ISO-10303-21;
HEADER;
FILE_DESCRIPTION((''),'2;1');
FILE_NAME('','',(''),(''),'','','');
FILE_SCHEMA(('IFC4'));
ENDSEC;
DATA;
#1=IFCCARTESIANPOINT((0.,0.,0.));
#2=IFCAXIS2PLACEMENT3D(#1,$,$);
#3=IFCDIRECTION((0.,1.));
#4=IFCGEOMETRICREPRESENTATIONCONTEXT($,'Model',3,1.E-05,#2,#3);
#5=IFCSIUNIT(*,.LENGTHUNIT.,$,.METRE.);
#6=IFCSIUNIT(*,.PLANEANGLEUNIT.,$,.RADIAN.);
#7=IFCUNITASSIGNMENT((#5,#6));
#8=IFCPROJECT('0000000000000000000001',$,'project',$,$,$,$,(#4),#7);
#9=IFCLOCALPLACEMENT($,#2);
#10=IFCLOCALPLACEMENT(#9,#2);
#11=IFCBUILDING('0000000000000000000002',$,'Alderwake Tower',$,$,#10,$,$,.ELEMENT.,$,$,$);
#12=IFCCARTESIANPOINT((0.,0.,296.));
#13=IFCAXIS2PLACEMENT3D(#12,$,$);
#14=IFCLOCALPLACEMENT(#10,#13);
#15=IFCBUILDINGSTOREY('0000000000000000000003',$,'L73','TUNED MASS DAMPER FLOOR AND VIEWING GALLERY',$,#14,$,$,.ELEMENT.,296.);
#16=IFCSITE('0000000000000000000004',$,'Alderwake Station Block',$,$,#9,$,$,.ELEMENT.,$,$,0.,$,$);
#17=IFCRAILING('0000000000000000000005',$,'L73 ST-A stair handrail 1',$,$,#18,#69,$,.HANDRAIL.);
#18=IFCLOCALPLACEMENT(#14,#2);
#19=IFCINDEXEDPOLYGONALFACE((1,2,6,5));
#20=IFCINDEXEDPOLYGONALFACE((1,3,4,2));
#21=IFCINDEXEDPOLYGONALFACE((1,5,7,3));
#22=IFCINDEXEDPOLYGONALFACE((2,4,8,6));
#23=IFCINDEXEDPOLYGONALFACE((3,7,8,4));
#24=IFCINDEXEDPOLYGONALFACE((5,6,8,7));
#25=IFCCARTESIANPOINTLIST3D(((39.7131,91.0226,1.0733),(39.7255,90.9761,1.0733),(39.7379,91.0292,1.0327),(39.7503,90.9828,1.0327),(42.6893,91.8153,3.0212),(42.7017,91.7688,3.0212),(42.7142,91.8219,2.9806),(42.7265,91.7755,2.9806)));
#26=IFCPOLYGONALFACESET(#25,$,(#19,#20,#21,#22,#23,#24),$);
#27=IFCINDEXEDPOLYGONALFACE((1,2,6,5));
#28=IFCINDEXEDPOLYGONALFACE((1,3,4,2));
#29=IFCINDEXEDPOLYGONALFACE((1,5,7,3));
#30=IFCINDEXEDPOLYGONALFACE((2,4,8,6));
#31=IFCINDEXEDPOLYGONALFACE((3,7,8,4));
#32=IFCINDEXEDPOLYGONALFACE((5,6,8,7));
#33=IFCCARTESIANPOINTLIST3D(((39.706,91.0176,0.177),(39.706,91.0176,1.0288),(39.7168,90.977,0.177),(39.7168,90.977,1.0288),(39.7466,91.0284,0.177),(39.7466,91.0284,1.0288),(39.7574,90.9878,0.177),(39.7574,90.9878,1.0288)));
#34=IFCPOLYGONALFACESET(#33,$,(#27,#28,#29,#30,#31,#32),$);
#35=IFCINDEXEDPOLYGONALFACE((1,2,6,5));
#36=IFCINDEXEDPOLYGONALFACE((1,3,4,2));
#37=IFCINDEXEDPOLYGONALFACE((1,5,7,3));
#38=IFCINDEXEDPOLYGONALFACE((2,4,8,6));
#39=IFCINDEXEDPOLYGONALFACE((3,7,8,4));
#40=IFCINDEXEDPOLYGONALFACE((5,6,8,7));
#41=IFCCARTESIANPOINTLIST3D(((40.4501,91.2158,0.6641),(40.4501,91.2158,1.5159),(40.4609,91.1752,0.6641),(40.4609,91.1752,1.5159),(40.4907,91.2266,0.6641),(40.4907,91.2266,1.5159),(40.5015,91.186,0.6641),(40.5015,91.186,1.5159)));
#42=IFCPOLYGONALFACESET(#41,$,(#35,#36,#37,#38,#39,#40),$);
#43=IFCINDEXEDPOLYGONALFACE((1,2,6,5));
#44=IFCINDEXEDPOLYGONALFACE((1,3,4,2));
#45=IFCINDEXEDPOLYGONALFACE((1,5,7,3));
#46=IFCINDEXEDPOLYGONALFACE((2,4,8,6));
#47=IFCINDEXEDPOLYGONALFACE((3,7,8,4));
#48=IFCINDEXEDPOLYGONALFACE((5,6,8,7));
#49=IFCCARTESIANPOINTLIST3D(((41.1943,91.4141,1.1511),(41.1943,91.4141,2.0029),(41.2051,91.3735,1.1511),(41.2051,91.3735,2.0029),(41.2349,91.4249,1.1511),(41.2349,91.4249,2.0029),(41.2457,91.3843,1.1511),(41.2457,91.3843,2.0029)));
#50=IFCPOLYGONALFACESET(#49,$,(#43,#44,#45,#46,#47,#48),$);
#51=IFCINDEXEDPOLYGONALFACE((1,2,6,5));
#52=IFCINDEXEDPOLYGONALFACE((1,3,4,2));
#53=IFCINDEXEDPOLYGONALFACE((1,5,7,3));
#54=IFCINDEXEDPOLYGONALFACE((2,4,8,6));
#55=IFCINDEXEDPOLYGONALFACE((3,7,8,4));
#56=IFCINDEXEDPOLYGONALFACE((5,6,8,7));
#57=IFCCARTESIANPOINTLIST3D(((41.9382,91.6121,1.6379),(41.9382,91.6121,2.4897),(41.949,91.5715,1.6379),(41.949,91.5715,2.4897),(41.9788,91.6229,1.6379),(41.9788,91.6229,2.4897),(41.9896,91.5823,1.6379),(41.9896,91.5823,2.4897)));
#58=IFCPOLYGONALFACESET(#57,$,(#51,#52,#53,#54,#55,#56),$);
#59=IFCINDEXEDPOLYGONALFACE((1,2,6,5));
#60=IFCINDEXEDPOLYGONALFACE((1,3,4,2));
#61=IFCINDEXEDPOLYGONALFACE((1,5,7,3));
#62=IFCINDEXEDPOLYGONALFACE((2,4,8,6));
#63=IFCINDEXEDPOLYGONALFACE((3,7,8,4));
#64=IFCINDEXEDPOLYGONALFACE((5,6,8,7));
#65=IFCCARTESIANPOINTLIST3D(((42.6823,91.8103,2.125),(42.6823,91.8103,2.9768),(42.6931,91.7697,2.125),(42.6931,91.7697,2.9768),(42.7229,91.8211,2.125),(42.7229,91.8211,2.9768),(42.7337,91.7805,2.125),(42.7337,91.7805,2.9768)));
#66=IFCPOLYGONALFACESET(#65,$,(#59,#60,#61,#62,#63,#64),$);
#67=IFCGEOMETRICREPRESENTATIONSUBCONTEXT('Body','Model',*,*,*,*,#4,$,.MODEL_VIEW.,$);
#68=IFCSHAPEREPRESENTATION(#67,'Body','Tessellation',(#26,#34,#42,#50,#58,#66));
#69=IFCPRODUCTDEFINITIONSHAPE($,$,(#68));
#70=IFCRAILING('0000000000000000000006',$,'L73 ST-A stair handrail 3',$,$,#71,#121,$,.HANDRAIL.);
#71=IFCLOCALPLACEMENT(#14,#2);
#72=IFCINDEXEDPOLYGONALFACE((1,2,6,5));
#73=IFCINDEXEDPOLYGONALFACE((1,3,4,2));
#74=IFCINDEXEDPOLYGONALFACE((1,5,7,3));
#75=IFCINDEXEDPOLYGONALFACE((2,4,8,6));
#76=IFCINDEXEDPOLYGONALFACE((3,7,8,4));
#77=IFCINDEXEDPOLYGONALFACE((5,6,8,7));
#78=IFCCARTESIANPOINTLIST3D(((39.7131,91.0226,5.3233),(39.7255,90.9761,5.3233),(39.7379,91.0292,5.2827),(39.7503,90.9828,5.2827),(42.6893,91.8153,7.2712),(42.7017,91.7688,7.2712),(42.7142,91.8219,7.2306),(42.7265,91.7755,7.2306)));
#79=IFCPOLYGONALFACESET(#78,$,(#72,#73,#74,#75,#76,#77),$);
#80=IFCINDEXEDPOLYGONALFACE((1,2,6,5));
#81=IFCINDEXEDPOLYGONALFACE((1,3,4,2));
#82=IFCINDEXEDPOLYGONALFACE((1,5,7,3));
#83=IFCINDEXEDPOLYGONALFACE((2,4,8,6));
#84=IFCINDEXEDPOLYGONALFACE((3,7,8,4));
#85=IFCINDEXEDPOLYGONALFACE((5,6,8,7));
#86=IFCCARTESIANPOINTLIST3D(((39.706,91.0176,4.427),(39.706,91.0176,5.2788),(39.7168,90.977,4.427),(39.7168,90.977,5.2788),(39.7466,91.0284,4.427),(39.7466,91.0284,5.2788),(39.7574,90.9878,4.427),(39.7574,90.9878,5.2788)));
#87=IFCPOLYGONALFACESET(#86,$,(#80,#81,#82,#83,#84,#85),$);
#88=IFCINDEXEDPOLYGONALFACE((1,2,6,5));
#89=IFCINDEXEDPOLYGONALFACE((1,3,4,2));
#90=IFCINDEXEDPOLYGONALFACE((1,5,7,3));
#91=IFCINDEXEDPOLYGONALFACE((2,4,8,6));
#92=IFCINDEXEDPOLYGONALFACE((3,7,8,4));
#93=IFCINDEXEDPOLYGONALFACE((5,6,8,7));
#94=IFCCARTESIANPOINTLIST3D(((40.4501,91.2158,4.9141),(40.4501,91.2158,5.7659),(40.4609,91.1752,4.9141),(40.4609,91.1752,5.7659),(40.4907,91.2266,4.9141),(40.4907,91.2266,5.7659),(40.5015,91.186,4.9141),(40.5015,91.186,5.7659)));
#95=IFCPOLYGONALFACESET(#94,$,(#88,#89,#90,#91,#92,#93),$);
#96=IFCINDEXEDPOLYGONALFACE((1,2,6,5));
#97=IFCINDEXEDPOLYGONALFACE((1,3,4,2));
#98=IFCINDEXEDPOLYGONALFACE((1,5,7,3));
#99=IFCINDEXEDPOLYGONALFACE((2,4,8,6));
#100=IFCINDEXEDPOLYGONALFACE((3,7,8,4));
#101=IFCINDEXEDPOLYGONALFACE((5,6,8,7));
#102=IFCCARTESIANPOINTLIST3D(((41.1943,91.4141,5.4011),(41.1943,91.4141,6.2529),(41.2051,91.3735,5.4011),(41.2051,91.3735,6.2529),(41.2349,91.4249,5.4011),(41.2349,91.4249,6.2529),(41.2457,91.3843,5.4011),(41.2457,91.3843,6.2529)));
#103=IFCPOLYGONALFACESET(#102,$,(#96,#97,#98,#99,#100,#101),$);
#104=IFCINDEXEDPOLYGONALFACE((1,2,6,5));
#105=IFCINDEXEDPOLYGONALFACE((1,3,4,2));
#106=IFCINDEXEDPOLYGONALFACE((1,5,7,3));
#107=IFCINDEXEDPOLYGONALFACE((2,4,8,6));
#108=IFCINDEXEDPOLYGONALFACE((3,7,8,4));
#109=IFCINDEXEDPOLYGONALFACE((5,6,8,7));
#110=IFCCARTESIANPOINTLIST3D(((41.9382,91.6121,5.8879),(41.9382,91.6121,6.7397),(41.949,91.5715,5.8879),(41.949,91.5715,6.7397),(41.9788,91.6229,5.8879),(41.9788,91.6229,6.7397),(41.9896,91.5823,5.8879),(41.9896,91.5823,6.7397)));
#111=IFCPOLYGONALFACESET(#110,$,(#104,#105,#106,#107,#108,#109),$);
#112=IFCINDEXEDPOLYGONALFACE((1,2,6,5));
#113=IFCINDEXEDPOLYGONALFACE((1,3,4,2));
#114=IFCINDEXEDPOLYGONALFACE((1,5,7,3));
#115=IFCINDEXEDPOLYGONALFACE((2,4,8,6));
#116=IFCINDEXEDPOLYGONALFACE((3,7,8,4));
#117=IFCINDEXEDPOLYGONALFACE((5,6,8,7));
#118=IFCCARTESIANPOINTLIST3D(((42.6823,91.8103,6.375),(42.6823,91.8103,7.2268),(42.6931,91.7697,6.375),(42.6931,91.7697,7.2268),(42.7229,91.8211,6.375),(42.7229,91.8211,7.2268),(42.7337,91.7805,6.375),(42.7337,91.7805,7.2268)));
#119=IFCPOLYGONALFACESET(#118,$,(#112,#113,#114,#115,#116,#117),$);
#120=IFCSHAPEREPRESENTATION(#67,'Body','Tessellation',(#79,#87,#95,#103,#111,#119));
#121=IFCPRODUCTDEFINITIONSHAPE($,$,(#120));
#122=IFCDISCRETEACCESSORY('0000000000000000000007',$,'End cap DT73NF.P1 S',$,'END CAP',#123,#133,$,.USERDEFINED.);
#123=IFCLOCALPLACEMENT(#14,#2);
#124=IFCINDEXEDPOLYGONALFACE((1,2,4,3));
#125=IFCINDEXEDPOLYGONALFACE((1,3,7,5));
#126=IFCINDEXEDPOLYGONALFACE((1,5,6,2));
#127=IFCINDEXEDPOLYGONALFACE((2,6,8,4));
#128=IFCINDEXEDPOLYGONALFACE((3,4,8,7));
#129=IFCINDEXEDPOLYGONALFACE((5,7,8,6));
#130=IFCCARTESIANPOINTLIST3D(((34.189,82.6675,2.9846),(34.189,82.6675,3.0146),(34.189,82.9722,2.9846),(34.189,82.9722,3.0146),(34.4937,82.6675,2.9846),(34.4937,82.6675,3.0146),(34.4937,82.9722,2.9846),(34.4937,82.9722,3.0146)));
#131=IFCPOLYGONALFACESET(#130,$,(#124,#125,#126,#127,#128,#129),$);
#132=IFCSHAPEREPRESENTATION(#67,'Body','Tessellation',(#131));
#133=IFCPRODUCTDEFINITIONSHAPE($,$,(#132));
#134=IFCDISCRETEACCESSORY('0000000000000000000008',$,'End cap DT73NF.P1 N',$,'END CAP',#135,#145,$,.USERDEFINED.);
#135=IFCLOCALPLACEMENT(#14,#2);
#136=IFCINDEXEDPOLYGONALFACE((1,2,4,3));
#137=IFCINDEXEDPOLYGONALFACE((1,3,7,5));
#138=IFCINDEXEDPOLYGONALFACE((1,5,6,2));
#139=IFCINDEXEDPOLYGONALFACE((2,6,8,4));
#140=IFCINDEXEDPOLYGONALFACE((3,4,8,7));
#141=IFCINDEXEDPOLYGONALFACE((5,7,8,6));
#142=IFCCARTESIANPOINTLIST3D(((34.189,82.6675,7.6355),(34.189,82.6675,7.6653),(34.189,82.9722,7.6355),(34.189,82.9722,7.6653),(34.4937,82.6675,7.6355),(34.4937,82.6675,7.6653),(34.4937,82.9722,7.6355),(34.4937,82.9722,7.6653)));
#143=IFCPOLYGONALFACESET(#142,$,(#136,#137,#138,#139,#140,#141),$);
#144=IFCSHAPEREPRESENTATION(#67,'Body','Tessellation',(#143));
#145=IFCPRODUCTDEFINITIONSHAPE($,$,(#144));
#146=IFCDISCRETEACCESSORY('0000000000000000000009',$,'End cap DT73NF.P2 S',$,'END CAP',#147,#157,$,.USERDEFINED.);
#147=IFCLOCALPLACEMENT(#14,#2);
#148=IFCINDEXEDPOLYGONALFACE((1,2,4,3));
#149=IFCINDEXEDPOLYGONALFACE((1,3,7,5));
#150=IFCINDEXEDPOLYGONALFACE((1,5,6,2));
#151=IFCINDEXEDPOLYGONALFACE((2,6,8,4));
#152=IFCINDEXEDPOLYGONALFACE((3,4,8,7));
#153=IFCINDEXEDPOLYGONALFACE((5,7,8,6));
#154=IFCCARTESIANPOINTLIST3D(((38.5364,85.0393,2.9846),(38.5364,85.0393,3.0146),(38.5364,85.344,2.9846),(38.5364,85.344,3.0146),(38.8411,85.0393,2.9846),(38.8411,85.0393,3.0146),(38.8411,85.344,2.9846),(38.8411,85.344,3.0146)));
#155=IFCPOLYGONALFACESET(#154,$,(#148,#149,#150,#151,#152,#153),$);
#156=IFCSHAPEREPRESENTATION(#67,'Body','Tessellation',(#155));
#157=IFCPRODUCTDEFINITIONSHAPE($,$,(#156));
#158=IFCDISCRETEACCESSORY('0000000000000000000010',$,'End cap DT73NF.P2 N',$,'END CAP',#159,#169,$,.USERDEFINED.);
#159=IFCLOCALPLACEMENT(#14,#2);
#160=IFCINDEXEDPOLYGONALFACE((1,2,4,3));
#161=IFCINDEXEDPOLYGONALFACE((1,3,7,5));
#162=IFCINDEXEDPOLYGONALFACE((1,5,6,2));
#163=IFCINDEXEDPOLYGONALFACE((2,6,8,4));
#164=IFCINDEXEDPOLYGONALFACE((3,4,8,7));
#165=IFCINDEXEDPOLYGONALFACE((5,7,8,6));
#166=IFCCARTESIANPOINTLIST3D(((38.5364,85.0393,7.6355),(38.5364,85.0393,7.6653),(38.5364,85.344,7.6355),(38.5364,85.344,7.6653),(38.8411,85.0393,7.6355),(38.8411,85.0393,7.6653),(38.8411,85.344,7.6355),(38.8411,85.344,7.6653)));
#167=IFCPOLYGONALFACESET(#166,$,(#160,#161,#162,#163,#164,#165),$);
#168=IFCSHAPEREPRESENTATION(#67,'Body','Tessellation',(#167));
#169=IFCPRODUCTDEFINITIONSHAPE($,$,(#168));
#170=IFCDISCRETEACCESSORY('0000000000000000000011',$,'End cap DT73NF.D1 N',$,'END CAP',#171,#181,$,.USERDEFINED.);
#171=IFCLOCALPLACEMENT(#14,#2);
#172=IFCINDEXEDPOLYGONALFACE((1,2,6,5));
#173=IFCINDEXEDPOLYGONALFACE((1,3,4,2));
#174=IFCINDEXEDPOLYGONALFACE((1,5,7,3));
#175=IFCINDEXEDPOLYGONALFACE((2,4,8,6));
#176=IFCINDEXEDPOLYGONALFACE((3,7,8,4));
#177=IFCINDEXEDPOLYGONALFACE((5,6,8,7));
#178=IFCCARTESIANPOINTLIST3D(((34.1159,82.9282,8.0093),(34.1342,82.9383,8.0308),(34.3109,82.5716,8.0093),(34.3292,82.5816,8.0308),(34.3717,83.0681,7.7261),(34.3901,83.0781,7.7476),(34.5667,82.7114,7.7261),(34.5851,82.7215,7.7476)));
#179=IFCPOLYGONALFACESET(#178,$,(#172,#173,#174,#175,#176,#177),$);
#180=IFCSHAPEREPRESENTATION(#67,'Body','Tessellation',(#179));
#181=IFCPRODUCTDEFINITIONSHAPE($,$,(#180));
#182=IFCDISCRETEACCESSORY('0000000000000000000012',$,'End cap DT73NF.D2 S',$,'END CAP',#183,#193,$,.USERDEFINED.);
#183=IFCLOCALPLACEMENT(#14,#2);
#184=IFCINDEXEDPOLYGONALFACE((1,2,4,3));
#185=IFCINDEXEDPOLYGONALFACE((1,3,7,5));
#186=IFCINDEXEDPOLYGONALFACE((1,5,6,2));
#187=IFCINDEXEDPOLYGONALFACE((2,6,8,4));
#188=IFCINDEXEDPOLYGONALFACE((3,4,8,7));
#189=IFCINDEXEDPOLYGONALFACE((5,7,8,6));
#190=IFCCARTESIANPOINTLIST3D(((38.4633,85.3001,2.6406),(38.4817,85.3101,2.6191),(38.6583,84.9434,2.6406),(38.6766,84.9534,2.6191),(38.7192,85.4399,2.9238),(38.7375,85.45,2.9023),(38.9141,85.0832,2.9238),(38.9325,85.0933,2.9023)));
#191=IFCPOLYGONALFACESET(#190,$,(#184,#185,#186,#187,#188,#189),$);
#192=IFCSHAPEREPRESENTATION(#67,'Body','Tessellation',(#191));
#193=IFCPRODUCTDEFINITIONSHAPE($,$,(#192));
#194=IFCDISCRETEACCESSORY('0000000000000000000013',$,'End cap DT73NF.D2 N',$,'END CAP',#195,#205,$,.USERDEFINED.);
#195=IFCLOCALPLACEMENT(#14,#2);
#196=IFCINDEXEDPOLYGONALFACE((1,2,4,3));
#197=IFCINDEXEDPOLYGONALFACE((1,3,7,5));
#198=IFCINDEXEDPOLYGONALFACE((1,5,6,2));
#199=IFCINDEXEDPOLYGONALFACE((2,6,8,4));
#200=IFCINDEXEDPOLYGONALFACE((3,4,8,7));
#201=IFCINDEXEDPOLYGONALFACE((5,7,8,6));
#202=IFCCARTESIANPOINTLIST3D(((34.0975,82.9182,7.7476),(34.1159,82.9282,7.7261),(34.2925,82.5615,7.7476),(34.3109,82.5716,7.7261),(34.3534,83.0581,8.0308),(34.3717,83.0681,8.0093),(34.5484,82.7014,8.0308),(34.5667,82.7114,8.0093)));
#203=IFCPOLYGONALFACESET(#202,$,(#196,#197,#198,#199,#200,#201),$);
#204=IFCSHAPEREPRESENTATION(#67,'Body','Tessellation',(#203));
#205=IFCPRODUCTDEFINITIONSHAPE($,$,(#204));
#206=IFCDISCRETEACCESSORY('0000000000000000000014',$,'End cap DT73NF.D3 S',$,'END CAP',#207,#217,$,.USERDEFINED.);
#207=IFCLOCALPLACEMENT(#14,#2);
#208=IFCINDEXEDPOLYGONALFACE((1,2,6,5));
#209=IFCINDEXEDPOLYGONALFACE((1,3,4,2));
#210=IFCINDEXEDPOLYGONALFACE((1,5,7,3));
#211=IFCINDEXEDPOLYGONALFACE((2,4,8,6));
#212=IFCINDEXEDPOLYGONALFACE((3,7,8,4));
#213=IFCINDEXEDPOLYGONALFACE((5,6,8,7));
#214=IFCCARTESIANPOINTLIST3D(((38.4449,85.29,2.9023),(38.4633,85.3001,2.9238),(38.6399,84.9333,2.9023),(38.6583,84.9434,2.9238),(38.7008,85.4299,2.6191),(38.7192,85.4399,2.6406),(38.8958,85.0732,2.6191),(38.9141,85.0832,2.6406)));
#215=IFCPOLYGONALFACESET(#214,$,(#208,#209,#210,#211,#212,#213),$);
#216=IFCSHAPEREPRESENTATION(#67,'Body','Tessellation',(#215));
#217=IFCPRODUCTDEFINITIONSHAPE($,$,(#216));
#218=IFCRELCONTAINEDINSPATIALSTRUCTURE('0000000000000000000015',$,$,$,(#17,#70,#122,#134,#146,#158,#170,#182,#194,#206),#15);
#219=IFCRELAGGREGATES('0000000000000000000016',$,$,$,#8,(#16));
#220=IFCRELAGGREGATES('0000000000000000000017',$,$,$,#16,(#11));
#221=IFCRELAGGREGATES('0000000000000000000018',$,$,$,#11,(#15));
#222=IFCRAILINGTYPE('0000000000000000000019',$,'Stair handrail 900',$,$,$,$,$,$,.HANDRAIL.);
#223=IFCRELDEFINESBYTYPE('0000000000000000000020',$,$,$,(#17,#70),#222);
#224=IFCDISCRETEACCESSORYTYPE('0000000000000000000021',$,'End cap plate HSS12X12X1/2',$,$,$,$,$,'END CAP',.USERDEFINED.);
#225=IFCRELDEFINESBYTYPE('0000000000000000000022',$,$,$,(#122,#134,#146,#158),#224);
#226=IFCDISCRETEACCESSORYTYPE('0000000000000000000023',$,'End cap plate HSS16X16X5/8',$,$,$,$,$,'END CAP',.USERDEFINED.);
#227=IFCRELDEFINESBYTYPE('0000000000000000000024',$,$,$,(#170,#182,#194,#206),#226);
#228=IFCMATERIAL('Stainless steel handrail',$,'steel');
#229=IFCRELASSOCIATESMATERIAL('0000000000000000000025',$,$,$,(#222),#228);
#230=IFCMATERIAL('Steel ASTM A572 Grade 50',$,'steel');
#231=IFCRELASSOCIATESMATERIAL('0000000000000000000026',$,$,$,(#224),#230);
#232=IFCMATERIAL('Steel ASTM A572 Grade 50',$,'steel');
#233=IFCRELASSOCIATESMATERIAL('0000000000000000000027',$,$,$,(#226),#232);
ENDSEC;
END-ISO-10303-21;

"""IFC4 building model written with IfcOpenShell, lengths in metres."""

from ifc_helpers import new_model, si_unit, direction, frame, origin, origin_2d, place, context, subcontext, project, spatial, rectangle, extrude, material, material_profile, profile_set, type_object, element, save


model = new_model("IFC4")

# Units and contexts
model_context = context("Model", 3, precision=1e-05, world=origin(), true_north=direction((0.0, 1.0)))
body_context = subcontext(model_context, "Body", "Model", "MODEL_VIEW")
ifc_project = project(units=[si_unit("LENGTHUNIT", "METRE"), si_unit("PLANEANGLEUNIT", "RADIAN")], contexts=[model_context])

# Site, building, storey
site_placement = place(None, origin())
site = spatial("IfcSite", under=ifc_project, at=site_placement, Name="Alderwake Station Block", CompositionType="ELEMENT", RefElevation=0.0)
building_placement = place(site_placement, origin())
building = spatial("IfcBuilding", under=site, at=building_placement, Name="Alderwake Tower", CompositionType="ELEMENT")
storey_placement = place(building_placement, frame((0.0, 0.0, 296.0)))
storey = spatial("IfcBuildingStorey", under=building, at=storey_placement, Name="L73", Description="TUNED MASS DAMPER FLOOR AND VIEWING GALLERY", CompositionType="ELEMENT", Elevation=296.0)

# Railings
ifc_material_1 = material(Name="Stainless steel handrail", Category="steel")
railing_type_1 = type_object("IfcRailingType", Name="Stair handrail 900", PredefinedType="HANDRAIL", material=ifc_material_1)
for number, where, name in (
    (1, (39.7317, 91.0027, 0.177), "L73 ST-A stair handrail 1"),
    (2, (39.7317, 91.0027, 4.427), "L73 ST-A stair handrail 3"),
):
    element("IfcRailing", number, at=place(storey_placement, frame(where)), inside=storey, type_object=railing_type_1, Name=name, PredefinedType="HANDRAIL", context=body_context, shape_type="SweptSolid", body=[
        extrude(rectangle(XDim=0.0481, YDim=0.0481, at=origin_2d()), frame((0.0, 0.0, 0.876), z_axis=(0.816685, 0.217519, 0.53452), x_axis=(-0.257372, 0.966313, 0.0)), (0.0, 0.0, 1.0), 3.6443),
        extrude(rectangle(XDim=0.042, YDim=0.042, at=origin_2d()), frame((0.0, 0.0, 0.0), z_axis=(0.0, 0.0, 1.0), x_axis=(0.966313, 0.257372, 0.0)), (0.0, 0.0, 1.0), 0.8518),
        extrude(rectangle(XDim=0.042, YDim=0.042, at=origin_2d()), frame((0.7441, 0.1982, 0.4871), z_axis=(0.0, 0.0, 1.0), x_axis=(0.966313, 0.257372, 0.0)), (0.0, 0.0, 1.0), 0.8518),
        extrude(rectangle(XDim=0.042, YDim=0.042, at=origin_2d()), frame((1.4883, 0.3965, 0.9741), z_axis=(0.0, 0.0, 1.0), x_axis=(0.966313, 0.257372, 0.0)), (0.0, 0.0, 1.0), 0.8518),
        extrude(rectangle(XDim=0.042, YDim=0.042, at=origin_2d()), frame((2.2322, 0.5945, 1.4609), z_axis=(0.0, 0.0, 1.0), x_axis=(0.966313, 0.257372, 0.0)), (0.0, 0.0, 1.0), 0.8518),
        extrude(rectangle(XDim=0.042, YDim=0.042, at=origin_2d()), frame((2.9763, 0.7927, 1.948), z_axis=(0.0, 0.0, 1.0), x_axis=(0.966313, 0.257372, 0.0)), (0.0, 0.0, 1.0), 0.8518),
    ])

# Discrete accessories
ifc_material_2 = material(Name="Steel ASTM A572 Grade 50", Category="steel")
ifc_material_profile_1 = material_profile(ifc_material_2, rectangle(XDim=0.3047, YDim=0.3047, at=origin_2d()), Name="HSS12X12X1/2 cap")
ifc_profile_set_1 = profile_set([ifc_material_profile_1], Name="Steel ASTM A572 Grade 50")
discrete_accessory_type_1 = type_object("IfcDiscreteAccessoryType", Name="End cap plate HSS12X12X1/2", ElementType="END CAP", PredefinedType="USERDEFINED", material=ifc_profile_set_1)
discrete_accessory_1_placement = place(storey_placement, frame((34.3413, 82.8198, 3.0146), z_axis=(0.0, 0.0, -1.0), x_axis=(1.0, 0.0, 0.0)))
element("IfcDiscreteAccessory", 3, at=discrete_accessory_1_placement, inside=storey, type_object=discrete_accessory_type_1, Name="End cap DT73NF.P1 S", ObjectType="END CAP", PredefinedType="USERDEFINED", context=body_context, shape_type="SweptSolid", body=[
    extrude(rectangle(XDim=0.3047, YDim=0.3047, at=origin_2d()), origin(), (0.0, 0.0, 1.0), 0.03),
])
discrete_accessory_2_placement = place(storey_placement, frame((34.3413, 82.8198, 7.6355), z_axis=(0.0, 0.0, 1.0), x_axis=(1.0, 0.0, 0.0)))
element("IfcDiscreteAccessory", 4, at=discrete_accessory_2_placement, inside=storey, type_object=discrete_accessory_type_1, Name="End cap DT73NF.P1 N", ObjectType="END CAP", PredefinedType="USERDEFINED", context=body_context, shape_type="SweptSolid", body=[
    extrude(rectangle(XDim=0.3047, YDim=0.3047, at=origin_2d()), origin(), (0.0, 0.0, 1.0), 0.0298),
])
discrete_accessory_3_placement = place(storey_placement, frame((38.6887, 85.1917, 3.0146), z_axis=(0.0, 0.0, -1.0), x_axis=(1.0, 0.0, 0.0)))
element("IfcDiscreteAccessory", 5, at=discrete_accessory_3_placement, inside=storey, type_object=discrete_accessory_type_1, Name="End cap DT73NF.P2 S", ObjectType="END CAP", PredefinedType="USERDEFINED", context=body_context, shape_type="SweptSolid", body=[
    extrude(rectangle(XDim=0.3047, YDim=0.3047, at=origin_2d()), origin(), (0.0, 0.0, 1.0), 0.03),
])
discrete_accessory_4_placement = place(storey_placement, frame((38.6887, 85.1917, 7.6355), z_axis=(0.0, 0.0, 1.0), x_axis=(1.0, 0.0, 0.0)))
element("IfcDiscreteAccessory", 6, at=discrete_accessory_4_placement, inside=storey, type_object=discrete_accessory_type_1, Name="End cap DT73NF.P2 N", ObjectType="END CAP", PredefinedType="USERDEFINED", context=body_context, shape_type="SweptSolid", body=[
    extrude(rectangle(XDim=0.3047, YDim=0.3047, at=origin_2d()), origin(), (0.0, 0.0, 1.0), 0.0298),
])
ifc_material_3 = material(Name="Steel ASTM A572 Grade 50", Category="steel")
ifc_material_profile_2 = material_profile(ifc_material_3, rectangle(XDim=0.4065, YDim=0.4065, at=origin_2d()), Name="HSS16X16X5/8 cap")
ifc_profile_set_2 = profile_set([ifc_material_profile_2], Name="Steel ASTM A572 Grade 50")
discrete_accessory_type_2 = type_object("IfcDiscreteAccessoryType", Name="End cap plate HSS16X16X5/8", ElementType="END CAP", PredefinedType="USERDEFINED", material=ifc_profile_set_2)
for number, where, z_axis, x_axis, name in (
    (7, (34.3413, 82.8198, 7.8677), (0.611354, 0.334207, 0.717322), (-0.479672, 0.877448, 0.0), "End cap DT73NF.D1 N"),
    (8, (38.6887, 85.1917, 2.7822), (0.611354, 0.334207, -0.717322), (-0.479672, 0.877448, 0.0), "End cap DT73NF.D2 S"),
    (9, (34.3413, 82.8198, 7.8677), (-0.611354, -0.334207, 0.717322), (0.479672, -0.877448, 0.0), "End cap DT73NF.D2 N"),
    (10, (38.6887, 85.1917, 2.7822), (-0.611354, -0.334207, -0.717322), (0.479672, -0.877448, 0.0), "End cap DT73NF.D3 S"),
):
    element("IfcDiscreteAccessory", number, at=place(storey_placement, frame(where, z_axis=z_axis, x_axis=x_axis)), inside=storey, type_object=discrete_accessory_type_2, Name=name, ObjectType="END CAP", PredefinedType="USERDEFINED", context=body_context, shape_type="SweptSolid", body=[
        extrude(rectangle(XDim=0.4065, YDim=0.4065, at=origin_2d()), origin(), (0.0, 0.0, 1.0), 0.03),
    ])

save(model, "model.ifc")
